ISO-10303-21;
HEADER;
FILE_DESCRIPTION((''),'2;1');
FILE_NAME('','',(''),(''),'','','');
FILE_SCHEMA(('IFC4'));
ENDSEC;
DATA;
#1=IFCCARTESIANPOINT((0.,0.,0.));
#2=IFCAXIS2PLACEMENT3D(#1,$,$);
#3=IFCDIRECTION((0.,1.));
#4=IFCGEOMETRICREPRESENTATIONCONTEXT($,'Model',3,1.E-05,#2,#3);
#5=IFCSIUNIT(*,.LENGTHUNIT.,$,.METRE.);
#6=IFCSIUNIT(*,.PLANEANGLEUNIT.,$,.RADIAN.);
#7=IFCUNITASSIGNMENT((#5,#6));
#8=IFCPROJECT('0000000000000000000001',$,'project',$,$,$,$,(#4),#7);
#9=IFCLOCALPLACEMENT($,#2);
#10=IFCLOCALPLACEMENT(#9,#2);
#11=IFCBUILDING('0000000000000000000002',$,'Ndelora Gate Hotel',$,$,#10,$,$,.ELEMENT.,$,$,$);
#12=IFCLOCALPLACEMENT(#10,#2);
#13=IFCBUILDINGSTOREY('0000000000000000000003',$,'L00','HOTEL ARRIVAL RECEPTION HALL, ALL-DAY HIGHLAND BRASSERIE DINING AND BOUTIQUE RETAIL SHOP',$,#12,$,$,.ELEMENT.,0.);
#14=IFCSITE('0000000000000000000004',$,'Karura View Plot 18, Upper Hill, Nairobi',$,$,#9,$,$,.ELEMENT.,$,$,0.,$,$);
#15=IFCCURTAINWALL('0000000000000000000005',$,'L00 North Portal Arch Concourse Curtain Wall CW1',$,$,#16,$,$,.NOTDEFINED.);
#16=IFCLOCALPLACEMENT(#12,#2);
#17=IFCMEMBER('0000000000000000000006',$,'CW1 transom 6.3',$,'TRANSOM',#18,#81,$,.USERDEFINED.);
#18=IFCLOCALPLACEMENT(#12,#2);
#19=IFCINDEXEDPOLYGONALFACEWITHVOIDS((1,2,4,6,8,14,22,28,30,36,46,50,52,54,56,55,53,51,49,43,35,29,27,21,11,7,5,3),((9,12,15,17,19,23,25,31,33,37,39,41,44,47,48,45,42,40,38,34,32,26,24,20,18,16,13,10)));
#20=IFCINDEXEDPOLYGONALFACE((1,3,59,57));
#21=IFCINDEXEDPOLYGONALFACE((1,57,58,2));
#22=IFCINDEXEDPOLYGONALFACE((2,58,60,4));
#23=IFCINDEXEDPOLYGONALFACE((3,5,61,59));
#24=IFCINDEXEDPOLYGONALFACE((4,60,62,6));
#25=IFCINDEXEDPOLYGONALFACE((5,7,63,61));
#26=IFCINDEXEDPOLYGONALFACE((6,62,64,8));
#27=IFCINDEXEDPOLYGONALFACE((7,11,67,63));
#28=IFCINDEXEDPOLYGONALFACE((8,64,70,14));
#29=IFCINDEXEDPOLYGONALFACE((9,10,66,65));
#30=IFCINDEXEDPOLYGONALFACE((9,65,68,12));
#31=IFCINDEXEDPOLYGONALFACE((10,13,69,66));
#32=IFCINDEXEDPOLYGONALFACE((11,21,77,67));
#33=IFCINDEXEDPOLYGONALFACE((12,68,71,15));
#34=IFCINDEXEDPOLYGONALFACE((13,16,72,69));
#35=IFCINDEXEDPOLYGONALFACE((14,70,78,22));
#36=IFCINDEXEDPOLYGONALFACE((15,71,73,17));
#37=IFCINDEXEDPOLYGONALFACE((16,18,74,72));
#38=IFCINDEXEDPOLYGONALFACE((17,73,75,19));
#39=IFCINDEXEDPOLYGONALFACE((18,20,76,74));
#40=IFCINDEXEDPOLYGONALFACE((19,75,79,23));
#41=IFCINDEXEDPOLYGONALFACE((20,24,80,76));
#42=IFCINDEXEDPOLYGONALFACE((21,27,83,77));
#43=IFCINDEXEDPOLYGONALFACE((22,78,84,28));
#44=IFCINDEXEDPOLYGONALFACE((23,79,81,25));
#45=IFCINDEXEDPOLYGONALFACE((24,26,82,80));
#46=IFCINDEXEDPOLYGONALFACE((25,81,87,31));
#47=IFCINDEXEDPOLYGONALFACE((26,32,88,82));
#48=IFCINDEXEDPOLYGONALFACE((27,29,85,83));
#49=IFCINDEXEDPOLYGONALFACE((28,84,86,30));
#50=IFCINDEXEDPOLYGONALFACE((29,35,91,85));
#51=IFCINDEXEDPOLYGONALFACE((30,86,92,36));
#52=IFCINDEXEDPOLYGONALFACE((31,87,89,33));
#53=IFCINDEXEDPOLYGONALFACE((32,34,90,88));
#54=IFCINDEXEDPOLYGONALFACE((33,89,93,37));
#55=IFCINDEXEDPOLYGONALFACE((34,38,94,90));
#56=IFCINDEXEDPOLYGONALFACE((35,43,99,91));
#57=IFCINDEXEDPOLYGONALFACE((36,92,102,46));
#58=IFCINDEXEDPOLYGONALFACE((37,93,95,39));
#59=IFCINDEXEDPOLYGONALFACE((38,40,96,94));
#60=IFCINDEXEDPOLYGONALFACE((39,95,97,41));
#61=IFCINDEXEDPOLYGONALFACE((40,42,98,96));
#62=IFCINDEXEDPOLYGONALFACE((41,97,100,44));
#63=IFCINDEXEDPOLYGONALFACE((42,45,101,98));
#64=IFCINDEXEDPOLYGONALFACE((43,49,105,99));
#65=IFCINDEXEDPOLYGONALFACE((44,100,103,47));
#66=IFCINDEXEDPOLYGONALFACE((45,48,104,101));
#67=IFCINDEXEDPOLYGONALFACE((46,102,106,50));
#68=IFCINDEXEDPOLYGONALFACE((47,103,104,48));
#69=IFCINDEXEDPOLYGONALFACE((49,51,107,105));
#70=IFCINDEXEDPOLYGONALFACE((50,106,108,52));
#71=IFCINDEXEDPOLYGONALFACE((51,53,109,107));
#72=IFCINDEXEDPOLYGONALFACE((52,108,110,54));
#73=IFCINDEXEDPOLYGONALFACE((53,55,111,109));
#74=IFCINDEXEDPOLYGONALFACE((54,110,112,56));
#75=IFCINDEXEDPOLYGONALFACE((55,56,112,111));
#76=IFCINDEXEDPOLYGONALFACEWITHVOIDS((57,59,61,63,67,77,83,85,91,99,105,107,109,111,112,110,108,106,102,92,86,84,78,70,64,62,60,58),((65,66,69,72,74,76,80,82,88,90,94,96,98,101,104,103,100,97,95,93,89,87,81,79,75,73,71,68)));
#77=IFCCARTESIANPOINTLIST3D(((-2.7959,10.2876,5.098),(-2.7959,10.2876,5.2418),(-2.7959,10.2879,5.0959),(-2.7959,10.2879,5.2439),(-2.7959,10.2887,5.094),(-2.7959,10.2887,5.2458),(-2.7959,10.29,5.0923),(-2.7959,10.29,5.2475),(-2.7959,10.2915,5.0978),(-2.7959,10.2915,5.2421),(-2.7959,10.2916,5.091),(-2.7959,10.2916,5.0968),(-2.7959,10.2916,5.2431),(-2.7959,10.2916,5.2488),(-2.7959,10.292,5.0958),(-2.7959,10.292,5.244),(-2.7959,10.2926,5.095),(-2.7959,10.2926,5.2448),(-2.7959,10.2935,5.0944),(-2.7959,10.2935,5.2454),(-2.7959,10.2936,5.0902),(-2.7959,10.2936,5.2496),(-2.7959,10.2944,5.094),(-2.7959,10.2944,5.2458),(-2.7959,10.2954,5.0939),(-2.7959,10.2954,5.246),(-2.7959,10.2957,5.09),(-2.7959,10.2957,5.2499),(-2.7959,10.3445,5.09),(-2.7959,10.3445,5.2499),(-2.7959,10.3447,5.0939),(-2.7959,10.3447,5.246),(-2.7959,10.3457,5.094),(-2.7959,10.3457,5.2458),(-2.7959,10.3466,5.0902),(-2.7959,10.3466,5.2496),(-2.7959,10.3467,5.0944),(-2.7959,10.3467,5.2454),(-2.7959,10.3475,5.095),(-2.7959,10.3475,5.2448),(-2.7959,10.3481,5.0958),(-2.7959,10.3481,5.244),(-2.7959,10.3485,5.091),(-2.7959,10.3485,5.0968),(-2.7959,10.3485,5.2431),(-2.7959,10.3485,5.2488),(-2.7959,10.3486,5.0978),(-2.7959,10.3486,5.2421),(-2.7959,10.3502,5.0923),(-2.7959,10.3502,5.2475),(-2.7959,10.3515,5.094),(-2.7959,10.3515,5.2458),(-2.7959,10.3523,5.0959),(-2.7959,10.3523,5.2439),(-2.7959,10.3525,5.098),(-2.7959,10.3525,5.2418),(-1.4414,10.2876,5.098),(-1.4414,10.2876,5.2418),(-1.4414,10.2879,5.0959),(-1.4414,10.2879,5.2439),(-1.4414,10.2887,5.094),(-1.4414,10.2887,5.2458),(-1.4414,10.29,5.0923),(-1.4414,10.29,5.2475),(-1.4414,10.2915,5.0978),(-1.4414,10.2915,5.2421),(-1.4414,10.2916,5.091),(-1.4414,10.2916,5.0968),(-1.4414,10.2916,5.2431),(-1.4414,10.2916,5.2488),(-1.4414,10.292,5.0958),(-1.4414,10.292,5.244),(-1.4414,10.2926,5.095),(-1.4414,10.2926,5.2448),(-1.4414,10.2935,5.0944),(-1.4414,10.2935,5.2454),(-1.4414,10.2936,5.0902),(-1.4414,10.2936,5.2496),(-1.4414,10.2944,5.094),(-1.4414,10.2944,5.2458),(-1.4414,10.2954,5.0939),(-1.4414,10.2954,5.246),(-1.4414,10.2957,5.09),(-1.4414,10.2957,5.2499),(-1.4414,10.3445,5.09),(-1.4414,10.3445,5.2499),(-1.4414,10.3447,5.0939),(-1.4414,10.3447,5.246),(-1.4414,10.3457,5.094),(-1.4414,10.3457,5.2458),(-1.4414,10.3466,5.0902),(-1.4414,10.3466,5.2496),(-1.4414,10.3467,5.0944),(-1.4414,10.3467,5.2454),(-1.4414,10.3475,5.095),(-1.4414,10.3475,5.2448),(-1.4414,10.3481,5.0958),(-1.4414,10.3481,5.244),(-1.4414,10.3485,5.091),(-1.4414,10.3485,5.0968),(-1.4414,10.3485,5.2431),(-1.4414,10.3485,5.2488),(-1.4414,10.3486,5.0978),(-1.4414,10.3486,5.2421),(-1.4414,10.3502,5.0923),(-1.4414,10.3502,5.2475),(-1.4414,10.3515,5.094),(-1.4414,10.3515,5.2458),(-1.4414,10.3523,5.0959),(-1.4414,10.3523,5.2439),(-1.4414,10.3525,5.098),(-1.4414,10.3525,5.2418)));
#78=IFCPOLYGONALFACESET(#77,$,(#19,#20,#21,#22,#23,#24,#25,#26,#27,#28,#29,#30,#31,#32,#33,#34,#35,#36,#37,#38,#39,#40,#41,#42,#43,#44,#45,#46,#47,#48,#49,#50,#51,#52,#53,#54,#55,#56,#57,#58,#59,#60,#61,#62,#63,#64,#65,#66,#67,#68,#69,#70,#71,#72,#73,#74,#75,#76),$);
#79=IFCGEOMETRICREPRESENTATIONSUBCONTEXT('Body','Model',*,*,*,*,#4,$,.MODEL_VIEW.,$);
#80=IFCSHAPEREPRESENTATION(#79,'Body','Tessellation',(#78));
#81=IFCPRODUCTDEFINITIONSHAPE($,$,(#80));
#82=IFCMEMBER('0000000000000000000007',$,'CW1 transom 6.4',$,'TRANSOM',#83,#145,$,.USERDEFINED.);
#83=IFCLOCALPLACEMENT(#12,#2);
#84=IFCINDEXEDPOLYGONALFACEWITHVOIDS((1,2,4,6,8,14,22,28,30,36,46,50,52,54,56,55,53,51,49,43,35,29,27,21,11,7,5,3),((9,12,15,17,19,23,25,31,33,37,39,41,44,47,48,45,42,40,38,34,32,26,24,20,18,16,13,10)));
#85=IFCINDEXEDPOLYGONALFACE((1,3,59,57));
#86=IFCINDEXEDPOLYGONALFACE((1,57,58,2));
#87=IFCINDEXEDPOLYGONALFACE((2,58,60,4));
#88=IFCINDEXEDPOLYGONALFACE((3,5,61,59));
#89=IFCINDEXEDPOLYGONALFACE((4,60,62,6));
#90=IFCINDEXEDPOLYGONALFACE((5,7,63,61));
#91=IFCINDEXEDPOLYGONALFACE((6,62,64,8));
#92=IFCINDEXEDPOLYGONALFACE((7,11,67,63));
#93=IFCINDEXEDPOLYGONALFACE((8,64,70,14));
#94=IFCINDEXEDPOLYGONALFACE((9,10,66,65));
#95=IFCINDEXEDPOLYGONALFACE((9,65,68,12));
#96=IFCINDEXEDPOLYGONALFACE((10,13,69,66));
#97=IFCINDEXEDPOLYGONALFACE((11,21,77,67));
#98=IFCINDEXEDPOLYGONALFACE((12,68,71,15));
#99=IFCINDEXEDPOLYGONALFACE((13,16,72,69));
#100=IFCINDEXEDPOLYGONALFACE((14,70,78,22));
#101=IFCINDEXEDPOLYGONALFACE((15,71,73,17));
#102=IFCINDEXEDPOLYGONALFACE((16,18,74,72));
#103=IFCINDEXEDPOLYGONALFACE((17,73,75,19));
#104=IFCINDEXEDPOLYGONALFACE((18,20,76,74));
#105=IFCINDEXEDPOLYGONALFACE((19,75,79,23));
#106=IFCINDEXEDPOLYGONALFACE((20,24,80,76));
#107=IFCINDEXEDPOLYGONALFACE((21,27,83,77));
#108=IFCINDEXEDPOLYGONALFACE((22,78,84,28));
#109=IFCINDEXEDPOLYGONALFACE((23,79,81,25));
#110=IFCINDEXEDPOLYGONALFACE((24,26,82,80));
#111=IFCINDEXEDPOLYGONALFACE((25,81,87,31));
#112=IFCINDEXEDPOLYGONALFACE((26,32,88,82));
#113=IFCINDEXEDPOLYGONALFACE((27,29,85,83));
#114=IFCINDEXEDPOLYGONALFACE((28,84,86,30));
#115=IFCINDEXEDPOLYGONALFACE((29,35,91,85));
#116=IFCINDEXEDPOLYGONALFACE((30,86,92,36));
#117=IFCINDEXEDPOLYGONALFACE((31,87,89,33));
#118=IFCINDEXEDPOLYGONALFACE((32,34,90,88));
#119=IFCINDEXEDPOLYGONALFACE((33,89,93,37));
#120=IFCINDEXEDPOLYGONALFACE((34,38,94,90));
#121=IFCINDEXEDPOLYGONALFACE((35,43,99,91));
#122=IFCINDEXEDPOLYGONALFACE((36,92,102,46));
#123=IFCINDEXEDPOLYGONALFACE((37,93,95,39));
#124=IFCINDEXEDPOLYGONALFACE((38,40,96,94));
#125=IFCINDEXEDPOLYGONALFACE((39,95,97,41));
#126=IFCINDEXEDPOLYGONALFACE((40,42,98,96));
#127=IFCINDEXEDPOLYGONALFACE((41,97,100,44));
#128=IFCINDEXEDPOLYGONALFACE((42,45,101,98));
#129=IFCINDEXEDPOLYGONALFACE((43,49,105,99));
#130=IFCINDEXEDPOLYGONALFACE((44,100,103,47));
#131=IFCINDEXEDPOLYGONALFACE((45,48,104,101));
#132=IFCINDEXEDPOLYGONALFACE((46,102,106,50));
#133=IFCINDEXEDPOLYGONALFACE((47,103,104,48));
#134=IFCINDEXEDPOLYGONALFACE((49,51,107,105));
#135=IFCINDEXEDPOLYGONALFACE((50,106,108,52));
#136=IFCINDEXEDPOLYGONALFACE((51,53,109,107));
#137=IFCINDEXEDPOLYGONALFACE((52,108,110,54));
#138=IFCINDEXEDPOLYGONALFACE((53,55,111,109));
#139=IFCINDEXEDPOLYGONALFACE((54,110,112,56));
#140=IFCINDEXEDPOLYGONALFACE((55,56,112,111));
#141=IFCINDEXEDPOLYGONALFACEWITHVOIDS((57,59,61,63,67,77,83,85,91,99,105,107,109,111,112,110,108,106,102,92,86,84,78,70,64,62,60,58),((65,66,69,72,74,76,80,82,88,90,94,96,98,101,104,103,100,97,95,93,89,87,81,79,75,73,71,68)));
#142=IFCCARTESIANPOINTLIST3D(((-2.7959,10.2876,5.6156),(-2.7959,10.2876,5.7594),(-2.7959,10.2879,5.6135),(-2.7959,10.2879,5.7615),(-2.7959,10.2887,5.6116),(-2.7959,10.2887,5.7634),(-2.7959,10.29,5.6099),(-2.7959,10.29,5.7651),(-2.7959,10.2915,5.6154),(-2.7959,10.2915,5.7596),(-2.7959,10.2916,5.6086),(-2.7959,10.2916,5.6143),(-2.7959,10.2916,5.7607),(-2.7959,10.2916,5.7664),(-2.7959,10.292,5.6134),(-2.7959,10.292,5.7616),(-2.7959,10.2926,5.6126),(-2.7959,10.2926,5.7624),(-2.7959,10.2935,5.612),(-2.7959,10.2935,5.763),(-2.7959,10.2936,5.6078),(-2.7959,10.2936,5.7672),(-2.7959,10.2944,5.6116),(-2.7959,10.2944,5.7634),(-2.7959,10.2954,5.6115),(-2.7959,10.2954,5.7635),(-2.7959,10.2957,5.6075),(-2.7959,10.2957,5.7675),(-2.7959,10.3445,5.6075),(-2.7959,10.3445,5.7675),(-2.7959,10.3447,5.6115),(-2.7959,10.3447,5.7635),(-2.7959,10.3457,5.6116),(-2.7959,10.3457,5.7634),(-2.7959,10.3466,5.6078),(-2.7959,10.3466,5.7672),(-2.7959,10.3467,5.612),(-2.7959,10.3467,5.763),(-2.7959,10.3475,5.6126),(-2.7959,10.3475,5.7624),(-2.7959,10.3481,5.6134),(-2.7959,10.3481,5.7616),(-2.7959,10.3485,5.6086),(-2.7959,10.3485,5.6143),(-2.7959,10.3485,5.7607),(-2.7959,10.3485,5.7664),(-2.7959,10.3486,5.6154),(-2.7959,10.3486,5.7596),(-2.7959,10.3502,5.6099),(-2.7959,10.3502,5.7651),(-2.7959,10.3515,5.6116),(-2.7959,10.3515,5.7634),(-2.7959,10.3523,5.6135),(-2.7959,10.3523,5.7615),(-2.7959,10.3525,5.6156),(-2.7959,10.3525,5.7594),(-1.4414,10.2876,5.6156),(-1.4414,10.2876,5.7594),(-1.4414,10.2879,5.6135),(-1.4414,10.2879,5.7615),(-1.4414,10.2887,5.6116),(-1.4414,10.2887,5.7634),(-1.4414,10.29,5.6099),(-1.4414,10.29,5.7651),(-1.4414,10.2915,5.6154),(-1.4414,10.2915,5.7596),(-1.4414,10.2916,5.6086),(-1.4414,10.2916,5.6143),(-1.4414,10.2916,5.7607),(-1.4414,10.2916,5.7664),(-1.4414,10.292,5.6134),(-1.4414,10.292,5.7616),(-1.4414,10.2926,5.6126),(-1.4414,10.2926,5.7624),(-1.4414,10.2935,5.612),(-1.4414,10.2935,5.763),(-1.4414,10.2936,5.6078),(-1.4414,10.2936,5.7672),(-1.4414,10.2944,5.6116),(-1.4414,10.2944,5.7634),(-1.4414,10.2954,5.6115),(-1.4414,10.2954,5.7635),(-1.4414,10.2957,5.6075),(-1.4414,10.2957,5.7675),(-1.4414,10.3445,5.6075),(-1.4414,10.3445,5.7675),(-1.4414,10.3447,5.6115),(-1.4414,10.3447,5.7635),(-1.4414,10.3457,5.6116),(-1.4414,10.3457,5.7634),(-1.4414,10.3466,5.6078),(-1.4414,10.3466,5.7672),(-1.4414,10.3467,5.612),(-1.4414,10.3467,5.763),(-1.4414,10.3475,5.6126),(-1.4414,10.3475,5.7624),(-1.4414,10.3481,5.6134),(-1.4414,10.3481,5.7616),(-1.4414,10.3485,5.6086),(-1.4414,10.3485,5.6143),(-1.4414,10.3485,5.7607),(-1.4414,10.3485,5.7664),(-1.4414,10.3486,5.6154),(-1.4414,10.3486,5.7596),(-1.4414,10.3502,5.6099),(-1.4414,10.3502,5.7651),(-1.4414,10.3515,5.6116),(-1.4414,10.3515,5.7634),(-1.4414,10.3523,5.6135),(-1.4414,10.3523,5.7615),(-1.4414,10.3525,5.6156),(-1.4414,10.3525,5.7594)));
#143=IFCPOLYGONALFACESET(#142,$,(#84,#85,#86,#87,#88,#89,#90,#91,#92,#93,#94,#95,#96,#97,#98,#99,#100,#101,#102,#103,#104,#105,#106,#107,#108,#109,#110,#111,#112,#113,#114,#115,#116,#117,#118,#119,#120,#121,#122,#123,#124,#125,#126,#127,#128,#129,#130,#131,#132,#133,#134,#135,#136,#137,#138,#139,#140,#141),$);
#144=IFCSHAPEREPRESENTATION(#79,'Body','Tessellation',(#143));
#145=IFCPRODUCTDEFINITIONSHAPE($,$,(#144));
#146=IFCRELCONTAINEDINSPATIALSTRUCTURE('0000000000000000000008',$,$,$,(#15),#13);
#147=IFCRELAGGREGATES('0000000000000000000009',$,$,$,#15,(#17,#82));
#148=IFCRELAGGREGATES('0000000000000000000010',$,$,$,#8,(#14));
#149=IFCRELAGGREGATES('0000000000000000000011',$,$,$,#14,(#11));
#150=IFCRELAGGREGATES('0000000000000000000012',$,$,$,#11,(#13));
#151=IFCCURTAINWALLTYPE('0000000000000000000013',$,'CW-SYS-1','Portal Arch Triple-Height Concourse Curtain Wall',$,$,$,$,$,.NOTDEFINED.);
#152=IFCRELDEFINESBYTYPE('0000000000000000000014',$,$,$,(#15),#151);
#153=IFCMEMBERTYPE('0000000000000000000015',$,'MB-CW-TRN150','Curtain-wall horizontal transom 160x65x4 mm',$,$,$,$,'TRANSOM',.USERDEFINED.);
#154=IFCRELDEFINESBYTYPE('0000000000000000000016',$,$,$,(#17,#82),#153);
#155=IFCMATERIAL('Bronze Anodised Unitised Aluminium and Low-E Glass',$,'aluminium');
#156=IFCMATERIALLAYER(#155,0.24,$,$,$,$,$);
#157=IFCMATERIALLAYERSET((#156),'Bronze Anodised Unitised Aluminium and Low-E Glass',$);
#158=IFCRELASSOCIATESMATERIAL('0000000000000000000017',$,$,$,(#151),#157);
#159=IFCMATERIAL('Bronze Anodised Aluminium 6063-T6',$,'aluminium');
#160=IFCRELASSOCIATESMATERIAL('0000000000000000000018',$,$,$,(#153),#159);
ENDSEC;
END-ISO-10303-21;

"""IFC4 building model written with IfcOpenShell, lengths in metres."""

from ifc_helpers import new_model, si_unit, direction, frame, origin, origin_2d, place, context, subcontext, project, spatial, hollow_rectangle, extrude, material, layer, layer_set, material_profile, profile_set, type_object, element, aggregate, save


model = new_model("IFC4")

# Units and contexts
model_context = context("Model", 3, precision=1e-05, world=origin(), true_north=direction((0.0, 1.0)))
body_context = subcontext(model_context, "Body", "Model", "MODEL_VIEW")
ifc_project = project(units=[si_unit("LENGTHUNIT", "METRE"), si_unit("PLANEANGLEUNIT", "RADIAN")], contexts=[model_context])

# Site, building, storey
site_placement = place(None, origin())
site = spatial("IfcSite", under=ifc_project, at=site_placement, Name="Karura View Plot 18, Upper Hill, Nairobi", CompositionType="ELEMENT", RefElevation=0.0)
building_placement = place(site_placement, origin())
building = spatial("IfcBuilding", under=site, at=building_placement, Name="Ndelora Gate Hotel", CompositionType="ELEMENT")
storey_placement = place(building_placement, origin())
storey = spatial("IfcBuildingStorey", under=building, at=storey_placement, Name="L00", Description="HOTEL ARRIVAL RECEPTION HALL, ALL-DAY HIGHLAND BRASSERIE DINING AND BOUTIQUE RETAIL SHOP", CompositionType="ELEMENT", Elevation=0.0)

# Curtain wall, members
ifc_material_1 = material(Name="Bronze Anodised Unitised Aluminium and Low-E Glass", Category="aluminium")
ifc_layer_1 = layer(ifc_material_1, 0.24)
ifc_layer_set_1 = layer_set([ifc_layer_1], Name="Bronze Anodised Unitised Aluminium and Low-E Glass")
curtain_wall_type = type_object("IfcCurtainWallType", Name="CW-SYS-1", Description="Portal Arch Triple-Height Concourse Curtain Wall", PredefinedType="NOTDEFINED", material=ifc_layer_set_1)
curtain_wall_placement = place(storey_placement, origin())
curtain_wall = element("IfcCurtainWall", 1, at=curtain_wall_placement, inside=storey, type_object=curtain_wall_type, Name="L00 North Portal Arch Concourse Curtain Wall CW1", PredefinedType="NOTDEFINED")
ifc_material_2 = material(Name="Bronze Anodised Aluminium 6063-T6", Category="aluminium")
ifc_material_profile_1 = material_profile(ifc_material_2, hollow_rectangle(XDim=0.0649, YDim=0.1599, WallThickness=0.0039, InnerFilletRadius=0.0039, OuterFilletRadius=0.0081, at=origin_2d()), Name="ALU 160x65x4")
ifc_profile_set_1 = profile_set([ifc_material_profile_1], Name="Bronze Anodised Aluminium 6063-T6")
member_type_1 = type_object("IfcMemberType", Name="MB-CW-TRN150", Description="Curtain-wall horizontal transom 160x65x4 mm", ElementType="TRANSOM", PredefinedType="USERDEFINED", material=ifc_profile_set_1)
member_1_placement = place(storey_placement, frame((-1.4414, 10.3201, 5.1699), z_axis=(-1.0, 0.0, 0.0), x_axis=(0.0, -1.0, 0.0)))
member_1 = element("IfcMember", 2, at=member_1_placement, type_object=member_type_1, Name="CW1 transom 6.3", ObjectType="TRANSOM", PredefinedType="USERDEFINED", context=body_context, shape_type="SweptSolid", body=[
    extrude(hollow_rectangle(XDim=0.0649, YDim=0.1599, WallThickness=0.0039, InnerFilletRadius=0.0039, OuterFilletRadius=0.0081, at=origin_2d()), origin(), (0.0, 0.0, 1.0), 1.3545),
])
member_2_placement = place(storey_placement, frame((-1.4414, 10.3201, 5.6875), z_axis=(-1.0, 0.0, 0.0), x_axis=(0.0, -1.0, 0.0)))
member_2 = element("IfcMember", 3, at=member_2_placement, type_object=member_type_1, Name="CW1 transom 6.4", ObjectType="TRANSOM", PredefinedType="USERDEFINED", context=body_context, shape_type="SweptSolid", body=[
    extrude(hollow_rectangle(XDim=0.0649, YDim=0.1599, WallThickness=0.0039, InnerFilletRadius=0.0039, OuterFilletRadius=0.0081, at=origin_2d()), origin(), (0.0, 0.0, 1.0), 1.3545),
])
aggregate(curtain_wall, [member_1, member_2])

save(model, "model.ifc")
